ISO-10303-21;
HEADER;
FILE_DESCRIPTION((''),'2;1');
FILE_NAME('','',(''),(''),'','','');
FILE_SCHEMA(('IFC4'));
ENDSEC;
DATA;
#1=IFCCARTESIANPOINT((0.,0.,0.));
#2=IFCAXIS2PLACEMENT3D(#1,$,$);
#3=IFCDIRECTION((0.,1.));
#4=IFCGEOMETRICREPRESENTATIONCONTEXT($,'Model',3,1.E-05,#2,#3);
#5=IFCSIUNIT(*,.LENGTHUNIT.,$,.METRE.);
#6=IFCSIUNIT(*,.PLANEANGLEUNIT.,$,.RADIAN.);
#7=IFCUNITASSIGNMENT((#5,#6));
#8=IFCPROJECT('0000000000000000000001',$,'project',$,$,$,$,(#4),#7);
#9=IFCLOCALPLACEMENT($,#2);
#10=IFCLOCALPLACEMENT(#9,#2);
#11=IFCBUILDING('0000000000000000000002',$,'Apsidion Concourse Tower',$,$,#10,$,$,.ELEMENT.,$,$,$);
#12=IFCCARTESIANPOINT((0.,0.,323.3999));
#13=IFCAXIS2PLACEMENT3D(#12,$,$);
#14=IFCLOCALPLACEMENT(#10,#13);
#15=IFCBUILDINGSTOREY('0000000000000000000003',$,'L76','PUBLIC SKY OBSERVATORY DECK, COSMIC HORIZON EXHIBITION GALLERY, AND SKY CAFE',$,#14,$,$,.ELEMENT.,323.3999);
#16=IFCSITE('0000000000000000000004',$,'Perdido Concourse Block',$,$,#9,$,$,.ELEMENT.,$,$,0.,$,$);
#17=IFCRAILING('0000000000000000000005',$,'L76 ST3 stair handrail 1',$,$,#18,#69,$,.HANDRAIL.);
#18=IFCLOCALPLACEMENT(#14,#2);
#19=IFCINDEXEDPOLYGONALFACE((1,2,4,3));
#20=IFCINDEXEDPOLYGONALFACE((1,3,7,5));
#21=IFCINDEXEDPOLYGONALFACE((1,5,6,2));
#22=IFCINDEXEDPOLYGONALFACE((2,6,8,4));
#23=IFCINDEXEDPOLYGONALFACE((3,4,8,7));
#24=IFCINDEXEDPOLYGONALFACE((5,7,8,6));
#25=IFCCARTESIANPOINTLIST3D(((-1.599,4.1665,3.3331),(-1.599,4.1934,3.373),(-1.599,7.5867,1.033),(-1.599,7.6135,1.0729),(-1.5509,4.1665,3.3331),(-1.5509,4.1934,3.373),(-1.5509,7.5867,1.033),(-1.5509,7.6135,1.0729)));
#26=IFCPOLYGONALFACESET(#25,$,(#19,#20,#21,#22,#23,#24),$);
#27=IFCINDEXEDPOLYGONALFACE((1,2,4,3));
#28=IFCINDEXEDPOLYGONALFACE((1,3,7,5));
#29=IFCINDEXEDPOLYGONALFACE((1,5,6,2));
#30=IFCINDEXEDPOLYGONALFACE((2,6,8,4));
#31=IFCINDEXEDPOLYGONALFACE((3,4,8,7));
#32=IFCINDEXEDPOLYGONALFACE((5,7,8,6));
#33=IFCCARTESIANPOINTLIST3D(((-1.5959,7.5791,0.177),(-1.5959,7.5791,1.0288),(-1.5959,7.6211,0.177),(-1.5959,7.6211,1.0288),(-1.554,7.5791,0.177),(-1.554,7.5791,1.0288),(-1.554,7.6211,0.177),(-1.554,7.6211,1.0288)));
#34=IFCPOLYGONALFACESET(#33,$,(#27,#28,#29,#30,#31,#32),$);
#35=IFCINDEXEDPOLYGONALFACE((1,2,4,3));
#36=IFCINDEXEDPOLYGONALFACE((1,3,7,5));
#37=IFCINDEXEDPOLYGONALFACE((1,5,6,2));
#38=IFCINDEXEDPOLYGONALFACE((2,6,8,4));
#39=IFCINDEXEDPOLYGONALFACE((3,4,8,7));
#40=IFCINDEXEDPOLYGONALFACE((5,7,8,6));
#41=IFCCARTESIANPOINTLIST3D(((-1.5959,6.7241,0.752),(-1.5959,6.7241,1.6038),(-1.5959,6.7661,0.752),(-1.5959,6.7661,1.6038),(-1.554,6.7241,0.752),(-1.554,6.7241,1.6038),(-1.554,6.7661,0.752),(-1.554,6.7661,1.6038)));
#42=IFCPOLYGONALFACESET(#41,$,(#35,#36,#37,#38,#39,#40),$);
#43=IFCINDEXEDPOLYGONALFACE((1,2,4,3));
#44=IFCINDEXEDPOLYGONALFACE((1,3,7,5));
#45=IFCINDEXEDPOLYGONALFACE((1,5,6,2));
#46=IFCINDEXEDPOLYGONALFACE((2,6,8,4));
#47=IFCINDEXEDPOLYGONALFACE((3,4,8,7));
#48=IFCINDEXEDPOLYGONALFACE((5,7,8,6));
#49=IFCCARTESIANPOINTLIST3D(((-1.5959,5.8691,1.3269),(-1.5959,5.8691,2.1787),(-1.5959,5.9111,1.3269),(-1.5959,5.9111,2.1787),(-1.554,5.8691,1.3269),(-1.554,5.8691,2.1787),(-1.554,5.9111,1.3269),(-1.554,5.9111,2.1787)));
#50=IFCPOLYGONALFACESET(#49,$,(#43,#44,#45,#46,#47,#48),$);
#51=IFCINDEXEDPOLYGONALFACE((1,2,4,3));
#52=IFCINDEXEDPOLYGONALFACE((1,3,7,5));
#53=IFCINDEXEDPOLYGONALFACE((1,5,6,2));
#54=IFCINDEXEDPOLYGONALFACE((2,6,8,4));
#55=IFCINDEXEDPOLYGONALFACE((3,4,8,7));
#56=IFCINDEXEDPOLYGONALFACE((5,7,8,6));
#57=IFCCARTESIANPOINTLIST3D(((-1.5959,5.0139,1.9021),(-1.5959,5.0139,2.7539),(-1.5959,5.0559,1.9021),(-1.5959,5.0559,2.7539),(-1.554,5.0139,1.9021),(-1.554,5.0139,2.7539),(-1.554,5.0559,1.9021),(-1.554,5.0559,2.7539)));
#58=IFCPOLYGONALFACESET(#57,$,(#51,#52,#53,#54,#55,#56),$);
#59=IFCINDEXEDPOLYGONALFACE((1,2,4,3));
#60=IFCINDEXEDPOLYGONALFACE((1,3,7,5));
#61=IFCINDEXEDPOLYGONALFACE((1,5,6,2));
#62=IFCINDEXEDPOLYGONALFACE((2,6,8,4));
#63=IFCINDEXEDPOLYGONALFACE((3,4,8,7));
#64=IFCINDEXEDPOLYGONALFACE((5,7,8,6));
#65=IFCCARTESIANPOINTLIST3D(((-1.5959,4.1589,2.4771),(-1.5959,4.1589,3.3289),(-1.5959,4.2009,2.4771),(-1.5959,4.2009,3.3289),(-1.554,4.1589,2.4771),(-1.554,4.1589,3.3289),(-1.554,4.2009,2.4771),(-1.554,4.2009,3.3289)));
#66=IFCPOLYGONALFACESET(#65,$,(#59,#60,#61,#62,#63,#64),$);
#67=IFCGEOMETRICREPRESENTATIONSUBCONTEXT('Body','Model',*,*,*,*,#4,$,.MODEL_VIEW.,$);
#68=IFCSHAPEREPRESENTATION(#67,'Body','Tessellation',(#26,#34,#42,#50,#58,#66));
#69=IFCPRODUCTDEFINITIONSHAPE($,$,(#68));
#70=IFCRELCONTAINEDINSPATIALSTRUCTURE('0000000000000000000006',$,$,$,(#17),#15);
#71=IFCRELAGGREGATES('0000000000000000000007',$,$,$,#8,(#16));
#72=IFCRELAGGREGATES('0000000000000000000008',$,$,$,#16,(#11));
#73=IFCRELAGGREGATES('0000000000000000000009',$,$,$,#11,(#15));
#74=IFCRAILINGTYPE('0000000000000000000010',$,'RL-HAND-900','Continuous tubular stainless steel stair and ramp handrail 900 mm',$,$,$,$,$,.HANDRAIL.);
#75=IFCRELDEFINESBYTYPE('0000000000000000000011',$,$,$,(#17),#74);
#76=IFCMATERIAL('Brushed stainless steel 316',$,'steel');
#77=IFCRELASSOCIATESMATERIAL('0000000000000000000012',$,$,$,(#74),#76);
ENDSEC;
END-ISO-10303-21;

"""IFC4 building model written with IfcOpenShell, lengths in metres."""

from ifc_helpers import new_model, si_unit, direction, frame, origin, origin_2d, place, context, subcontext, project, spatial, rectangle, extrude, material, type_object, element, save


model = new_model("IFC4")

# Units and contexts
model_context = context("Model", 3, precision=1e-05, world=origin(), true_north=direction((0.0, 1.0)))
body_context = subcontext(model_context, "Body", "Model", "MODEL_VIEW")
ifc_project = project(units=[si_unit("LENGTHUNIT", "METRE"), si_unit("PLANEANGLEUNIT", "RADIAN")], contexts=[model_context])

# Site, building, storey
site_placement = place(None, origin())
site = spatial("IfcSite", under=ifc_project, at=site_placement, Name="Perdido Concourse Block", CompositionType="ELEMENT", RefElevation=0.0)
building_placement = place(site_placement, origin())
building = spatial("IfcBuilding", under=site, at=building_placement, Name="Apsidion Concourse Tower", CompositionType="ELEMENT")
storey_placement = place(building_placement, frame((0.0, 0.0, 323.3999)))
storey = spatial("IfcBuildingStorey", under=building, at=storey_placement, Name="L76", Description="PUBLIC SKY OBSERVATORY DECK, COSMIC HORIZON EXHIBITION GALLERY, AND SKY CAFE", CompositionType="ELEMENT", Elevation=323.3999)

# Shared definitions
ifc_material_1 = material(Name="Brushed stainless steel 316", Category="steel")

# Railing
railing_type_1 = type_object("IfcRailingType", Name="RL-HAND-900", Description="Continuous tubular stainless steel stair and ramp handrail 900 mm", PredefinedType="HANDRAIL", material=ifc_material_1)
railing_1_placement = place(storey_placement, frame((-1.575, 7.6001, 0.177)))
element("IfcRailing", 1, at=railing_1_placement, inside=storey, type_object=railing_type_1, Name="L76 ST3 stair handrail 1", PredefinedType="HANDRAIL", context=body_context, shape_type="SweptSolid", body=[
    extrude(rectangle(XDim=0.0481, YDim=0.0481, at=origin_2d()), frame((0.0, 0.0, 0.876), z_axis=(0.0, -0.829811, 0.558045), x_axis=(1.0, 0.0, 0.0)), (0.0, 0.0, 1.0), 4.1216),
    extrude(rectangle(XDim=0.042, YDim=0.042, at=origin_2d()), origin(), (0.0, 0.0, 1.0), 0.8518),
    extrude(rectangle(XDim=0.042, YDim=0.042, at=origin_2d()), frame((0.0, -0.855, 0.575)), (0.0, 0.0, 1.0), 0.8518),
    extrude(rectangle(XDim=0.042, YDim=0.042, at=origin_2d()), frame((0.0, -1.71, 1.1499)), (0.0, 0.0, 1.0), 0.8518),
    extrude(rectangle(XDim=0.042, YDim=0.042, at=origin_2d()), frame((0.0, -2.5652, 1.7251)), (0.0, 0.0, 1.0), 0.8518),
    extrude(rectangle(XDim=0.042, YDim=0.042, at=origin_2d()), frame((0.0, -3.4202, 2.3)), (0.0, 0.0, 1.0), 0.8518),
])

save(model, "model.ifc")
